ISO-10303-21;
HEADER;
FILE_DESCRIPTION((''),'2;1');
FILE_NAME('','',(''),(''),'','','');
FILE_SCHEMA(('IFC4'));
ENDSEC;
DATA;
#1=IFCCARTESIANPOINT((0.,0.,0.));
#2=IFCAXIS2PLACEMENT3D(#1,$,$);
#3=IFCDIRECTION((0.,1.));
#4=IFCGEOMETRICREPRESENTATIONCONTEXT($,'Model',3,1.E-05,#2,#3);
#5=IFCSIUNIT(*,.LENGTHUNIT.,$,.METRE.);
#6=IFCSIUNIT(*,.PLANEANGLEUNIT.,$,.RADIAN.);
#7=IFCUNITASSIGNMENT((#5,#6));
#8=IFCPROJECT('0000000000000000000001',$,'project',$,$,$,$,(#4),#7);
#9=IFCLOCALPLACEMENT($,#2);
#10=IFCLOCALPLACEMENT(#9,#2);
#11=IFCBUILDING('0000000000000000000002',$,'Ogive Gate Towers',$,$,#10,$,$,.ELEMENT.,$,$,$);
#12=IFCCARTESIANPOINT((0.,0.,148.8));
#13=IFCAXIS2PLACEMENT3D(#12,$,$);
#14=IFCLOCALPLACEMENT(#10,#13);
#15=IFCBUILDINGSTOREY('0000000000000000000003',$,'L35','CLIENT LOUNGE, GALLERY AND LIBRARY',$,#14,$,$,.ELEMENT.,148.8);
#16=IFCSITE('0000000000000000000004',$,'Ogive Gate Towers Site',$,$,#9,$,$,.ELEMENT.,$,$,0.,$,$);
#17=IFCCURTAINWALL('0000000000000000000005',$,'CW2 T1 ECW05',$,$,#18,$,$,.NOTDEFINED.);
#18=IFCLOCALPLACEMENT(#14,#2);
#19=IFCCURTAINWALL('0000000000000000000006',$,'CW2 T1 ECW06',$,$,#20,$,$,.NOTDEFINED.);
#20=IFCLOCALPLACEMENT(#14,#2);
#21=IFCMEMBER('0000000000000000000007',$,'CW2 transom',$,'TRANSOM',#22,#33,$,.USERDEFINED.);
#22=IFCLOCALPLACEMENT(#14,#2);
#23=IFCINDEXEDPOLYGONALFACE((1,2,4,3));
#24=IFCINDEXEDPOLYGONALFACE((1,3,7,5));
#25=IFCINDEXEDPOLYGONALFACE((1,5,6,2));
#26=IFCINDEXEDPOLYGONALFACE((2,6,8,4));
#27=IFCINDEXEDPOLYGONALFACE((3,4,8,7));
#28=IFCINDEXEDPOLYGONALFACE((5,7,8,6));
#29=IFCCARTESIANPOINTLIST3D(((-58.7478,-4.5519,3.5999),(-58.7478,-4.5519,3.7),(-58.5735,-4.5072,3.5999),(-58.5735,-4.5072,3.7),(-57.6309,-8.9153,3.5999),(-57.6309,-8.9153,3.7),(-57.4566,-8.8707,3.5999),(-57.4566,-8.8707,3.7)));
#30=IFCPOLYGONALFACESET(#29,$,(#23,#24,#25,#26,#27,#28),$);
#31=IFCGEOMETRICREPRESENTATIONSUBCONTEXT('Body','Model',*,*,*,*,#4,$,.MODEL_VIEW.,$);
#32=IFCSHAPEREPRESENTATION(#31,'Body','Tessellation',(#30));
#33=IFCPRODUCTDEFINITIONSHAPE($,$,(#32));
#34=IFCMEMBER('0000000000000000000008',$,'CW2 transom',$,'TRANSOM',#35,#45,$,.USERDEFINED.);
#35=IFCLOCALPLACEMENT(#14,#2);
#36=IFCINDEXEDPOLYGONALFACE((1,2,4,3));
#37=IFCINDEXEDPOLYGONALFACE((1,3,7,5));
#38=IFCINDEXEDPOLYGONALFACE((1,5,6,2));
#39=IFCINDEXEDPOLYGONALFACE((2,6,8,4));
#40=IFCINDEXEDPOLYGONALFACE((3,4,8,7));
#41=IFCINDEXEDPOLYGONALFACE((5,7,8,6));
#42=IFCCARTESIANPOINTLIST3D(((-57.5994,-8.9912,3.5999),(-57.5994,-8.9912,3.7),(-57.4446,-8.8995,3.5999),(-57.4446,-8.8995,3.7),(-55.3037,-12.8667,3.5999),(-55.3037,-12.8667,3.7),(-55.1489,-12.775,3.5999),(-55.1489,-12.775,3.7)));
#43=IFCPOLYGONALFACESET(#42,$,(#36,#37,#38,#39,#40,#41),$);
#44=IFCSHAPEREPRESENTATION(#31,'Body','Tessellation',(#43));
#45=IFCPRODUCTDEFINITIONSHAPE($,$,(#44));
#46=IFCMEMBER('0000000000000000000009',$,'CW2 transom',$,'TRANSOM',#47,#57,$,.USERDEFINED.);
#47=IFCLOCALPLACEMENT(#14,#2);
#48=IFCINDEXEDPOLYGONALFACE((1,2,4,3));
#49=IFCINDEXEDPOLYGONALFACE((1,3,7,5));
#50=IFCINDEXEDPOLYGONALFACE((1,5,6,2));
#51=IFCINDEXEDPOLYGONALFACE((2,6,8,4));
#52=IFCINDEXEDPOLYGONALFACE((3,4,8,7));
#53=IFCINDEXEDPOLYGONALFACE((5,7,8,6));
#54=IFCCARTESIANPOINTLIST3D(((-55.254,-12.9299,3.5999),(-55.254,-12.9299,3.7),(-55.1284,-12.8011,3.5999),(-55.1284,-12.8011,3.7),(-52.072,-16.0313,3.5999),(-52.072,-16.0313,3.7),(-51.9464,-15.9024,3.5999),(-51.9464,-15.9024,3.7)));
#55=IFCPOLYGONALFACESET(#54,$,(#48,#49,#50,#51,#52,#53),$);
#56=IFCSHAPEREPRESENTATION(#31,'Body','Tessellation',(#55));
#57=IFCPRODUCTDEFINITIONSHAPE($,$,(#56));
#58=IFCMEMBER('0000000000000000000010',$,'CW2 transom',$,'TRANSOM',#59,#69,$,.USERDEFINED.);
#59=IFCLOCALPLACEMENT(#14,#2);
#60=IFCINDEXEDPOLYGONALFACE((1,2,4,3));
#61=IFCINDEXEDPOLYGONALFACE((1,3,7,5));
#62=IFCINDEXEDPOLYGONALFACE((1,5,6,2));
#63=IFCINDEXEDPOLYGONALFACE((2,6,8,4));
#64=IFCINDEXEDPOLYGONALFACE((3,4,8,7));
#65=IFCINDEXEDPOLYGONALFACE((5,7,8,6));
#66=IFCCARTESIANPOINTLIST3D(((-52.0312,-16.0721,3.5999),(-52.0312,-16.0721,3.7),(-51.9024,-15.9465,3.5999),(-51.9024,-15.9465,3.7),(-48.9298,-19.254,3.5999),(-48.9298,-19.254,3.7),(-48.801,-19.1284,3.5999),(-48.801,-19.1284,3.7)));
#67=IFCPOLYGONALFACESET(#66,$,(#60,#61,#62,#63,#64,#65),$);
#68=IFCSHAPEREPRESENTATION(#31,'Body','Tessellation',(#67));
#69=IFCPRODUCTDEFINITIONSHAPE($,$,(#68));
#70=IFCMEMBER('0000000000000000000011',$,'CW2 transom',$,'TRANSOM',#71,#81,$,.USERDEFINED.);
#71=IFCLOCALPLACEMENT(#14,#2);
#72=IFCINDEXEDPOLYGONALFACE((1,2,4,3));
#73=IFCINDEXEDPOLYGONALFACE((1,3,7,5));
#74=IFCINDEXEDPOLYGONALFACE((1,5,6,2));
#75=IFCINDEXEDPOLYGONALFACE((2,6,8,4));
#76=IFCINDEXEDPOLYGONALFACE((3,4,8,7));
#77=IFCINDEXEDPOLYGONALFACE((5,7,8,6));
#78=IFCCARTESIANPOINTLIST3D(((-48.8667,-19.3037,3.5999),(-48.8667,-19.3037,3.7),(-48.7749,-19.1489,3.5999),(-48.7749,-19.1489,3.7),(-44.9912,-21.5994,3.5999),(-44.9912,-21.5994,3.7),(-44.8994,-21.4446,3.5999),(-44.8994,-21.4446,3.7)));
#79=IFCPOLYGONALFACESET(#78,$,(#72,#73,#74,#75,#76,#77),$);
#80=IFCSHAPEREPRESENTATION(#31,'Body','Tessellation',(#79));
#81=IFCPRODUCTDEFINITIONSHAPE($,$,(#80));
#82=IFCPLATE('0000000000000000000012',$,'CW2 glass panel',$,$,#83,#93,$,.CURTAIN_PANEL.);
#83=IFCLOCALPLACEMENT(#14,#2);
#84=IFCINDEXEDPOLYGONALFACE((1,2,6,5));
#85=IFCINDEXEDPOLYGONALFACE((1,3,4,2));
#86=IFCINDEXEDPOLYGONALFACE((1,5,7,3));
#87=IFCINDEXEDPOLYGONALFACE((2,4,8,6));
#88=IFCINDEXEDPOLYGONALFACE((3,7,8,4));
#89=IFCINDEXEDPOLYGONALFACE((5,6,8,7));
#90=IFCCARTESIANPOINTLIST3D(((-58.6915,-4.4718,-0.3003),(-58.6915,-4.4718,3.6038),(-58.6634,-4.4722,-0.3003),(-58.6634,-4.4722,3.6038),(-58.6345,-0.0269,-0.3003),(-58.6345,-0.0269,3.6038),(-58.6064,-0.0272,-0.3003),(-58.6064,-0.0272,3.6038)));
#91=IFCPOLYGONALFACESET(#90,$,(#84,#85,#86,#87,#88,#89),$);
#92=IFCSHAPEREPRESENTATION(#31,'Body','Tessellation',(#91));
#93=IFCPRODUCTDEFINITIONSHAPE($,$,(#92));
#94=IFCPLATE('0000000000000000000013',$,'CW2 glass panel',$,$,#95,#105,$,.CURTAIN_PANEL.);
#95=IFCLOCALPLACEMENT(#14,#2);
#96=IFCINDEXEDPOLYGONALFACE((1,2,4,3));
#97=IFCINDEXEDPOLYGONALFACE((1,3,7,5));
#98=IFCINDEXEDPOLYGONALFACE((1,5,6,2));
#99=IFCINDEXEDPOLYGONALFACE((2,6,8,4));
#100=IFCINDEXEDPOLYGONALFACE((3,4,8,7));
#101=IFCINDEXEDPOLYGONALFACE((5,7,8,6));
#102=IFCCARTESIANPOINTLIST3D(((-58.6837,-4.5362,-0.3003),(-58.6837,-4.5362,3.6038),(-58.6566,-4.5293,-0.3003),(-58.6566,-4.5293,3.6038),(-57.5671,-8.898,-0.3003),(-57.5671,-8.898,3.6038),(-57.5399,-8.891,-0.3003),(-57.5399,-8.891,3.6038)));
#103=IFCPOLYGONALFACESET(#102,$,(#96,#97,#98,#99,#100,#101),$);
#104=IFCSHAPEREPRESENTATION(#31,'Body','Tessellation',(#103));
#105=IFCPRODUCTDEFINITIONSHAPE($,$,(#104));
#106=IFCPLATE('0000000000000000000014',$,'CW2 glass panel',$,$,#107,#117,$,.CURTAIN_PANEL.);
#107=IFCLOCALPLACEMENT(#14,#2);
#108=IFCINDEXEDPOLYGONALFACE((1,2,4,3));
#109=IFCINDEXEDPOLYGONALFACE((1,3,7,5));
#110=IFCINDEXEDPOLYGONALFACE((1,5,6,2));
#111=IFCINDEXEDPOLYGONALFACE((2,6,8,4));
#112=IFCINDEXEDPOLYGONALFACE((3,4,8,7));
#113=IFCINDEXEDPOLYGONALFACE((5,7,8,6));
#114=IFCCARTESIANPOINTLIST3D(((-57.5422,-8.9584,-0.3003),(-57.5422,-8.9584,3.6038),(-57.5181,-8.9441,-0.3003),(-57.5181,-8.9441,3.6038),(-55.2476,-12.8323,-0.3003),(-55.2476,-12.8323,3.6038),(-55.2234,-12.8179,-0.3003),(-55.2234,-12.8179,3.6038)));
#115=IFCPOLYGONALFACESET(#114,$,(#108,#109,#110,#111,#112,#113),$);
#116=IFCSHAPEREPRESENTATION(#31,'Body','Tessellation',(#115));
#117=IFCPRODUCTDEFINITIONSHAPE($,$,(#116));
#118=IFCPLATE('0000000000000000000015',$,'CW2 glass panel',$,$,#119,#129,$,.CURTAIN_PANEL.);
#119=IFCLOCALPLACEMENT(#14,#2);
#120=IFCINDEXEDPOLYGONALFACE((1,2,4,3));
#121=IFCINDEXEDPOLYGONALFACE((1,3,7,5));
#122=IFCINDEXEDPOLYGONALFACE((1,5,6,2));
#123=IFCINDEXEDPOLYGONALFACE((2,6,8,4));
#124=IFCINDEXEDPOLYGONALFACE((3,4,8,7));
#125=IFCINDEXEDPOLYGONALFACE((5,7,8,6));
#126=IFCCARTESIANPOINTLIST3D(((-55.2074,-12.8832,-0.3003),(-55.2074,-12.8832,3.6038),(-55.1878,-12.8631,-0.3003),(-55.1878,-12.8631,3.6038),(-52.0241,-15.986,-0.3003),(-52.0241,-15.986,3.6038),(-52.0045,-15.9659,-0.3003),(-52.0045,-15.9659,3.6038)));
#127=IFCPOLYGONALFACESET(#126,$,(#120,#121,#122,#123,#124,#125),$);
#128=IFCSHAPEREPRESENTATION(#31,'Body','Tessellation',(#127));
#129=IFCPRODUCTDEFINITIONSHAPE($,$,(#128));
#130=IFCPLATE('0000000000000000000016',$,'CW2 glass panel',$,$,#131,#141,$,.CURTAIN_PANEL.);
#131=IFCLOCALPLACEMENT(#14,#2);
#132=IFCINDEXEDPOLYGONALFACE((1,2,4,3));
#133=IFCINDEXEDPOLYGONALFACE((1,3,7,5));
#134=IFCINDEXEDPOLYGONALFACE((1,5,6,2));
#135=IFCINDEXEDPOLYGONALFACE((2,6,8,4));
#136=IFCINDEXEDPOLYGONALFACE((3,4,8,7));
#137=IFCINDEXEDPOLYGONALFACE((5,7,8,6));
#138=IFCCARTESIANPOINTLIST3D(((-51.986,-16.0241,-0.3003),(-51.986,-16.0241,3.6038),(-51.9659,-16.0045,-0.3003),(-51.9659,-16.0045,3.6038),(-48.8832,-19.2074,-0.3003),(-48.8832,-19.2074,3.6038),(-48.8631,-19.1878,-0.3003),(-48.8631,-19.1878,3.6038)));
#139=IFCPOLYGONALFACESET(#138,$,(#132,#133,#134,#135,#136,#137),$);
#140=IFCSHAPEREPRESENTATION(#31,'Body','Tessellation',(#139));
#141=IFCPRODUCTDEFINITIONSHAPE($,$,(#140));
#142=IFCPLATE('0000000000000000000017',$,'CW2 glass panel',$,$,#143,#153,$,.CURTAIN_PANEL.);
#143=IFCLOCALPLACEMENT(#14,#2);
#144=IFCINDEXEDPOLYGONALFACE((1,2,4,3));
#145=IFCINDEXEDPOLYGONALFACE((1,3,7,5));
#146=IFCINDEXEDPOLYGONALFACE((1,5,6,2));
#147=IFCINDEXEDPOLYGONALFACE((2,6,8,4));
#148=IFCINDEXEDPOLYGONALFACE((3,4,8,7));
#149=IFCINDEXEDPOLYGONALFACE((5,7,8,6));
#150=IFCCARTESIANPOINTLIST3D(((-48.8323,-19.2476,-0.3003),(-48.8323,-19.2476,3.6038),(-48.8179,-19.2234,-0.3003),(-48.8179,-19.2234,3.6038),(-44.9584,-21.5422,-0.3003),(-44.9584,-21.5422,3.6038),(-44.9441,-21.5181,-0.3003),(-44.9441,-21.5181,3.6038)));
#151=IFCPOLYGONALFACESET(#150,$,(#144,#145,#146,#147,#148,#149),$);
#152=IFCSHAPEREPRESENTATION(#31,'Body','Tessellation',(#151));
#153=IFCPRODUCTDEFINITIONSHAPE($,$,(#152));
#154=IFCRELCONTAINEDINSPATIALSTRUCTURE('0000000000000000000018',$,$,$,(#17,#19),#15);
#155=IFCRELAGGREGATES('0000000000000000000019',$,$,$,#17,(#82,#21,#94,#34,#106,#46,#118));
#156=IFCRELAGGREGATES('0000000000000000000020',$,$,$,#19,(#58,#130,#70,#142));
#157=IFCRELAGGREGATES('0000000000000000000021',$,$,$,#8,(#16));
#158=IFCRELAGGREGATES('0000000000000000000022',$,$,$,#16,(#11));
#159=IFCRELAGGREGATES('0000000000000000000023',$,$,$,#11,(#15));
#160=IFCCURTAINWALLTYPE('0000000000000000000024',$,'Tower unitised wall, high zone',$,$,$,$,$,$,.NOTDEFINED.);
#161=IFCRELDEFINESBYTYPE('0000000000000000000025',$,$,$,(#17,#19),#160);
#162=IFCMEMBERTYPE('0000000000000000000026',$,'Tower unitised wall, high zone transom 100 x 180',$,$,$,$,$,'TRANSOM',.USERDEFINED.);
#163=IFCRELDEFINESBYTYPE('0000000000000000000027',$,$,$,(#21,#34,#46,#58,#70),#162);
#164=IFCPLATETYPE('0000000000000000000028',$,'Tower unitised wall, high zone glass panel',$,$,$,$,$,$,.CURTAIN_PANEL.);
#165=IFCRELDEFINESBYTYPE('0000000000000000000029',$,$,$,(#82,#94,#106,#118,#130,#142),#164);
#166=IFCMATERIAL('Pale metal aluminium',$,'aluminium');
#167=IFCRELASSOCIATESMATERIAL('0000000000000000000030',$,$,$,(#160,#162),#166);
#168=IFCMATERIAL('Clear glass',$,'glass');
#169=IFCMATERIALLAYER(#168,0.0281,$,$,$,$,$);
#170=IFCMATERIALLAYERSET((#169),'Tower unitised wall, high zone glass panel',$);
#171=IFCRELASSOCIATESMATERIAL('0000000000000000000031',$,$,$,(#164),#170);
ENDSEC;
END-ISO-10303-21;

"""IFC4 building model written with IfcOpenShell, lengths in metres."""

from ifc_helpers import new_model, si_unit, direction, frame, origin, origin_2d, place, context, subcontext, project, spatial, rectangle, extrude, material, layer, layer_set, material_profile, profile_set, type_object, element, aggregate, save


model = new_model("IFC4")

# Units and contexts
model_context = context("Model", 3, precision=1e-05, world=origin(), true_north=direction((0.0, 1.0)))
body_context = subcontext(model_context, "Body", "Model", "MODEL_VIEW")
ifc_project = project(units=[si_unit("LENGTHUNIT", "METRE"), si_unit("PLANEANGLEUNIT", "RADIAN")], contexts=[model_context])

# Site, building, storey
site_placement = place(None, origin())
site = spatial("IfcSite", under=ifc_project, at=site_placement, Name="Ogive Gate Towers Site", CompositionType="ELEMENT", RefElevation=0.0)
building_placement = place(site_placement, origin())
building = spatial("IfcBuilding", under=site, at=building_placement, Name="Ogive Gate Towers", CompositionType="ELEMENT")
storey_placement = place(building_placement, frame((0.0, 0.0, 148.8)))
storey = spatial("IfcBuildingStorey", under=building, at=storey_placement, Name="L35", Description="CLIENT LOUNGE, GALLERY AND LIBRARY", CompositionType="ELEMENT", Elevation=148.8)

# Curtain walls
ifc_material_1 = material(Name="Pale metal aluminium", Category="aluminium")
curtain_wall_type = type_object("IfcCurtainWallType", Name="Tower unitised wall, high zone", PredefinedType="NOTDEFINED", material=ifc_material_1)
curtain_wall_1_placement = place(storey_placement, origin())
curtain_wall_1 = element("IfcCurtainWall", 1, at=curtain_wall_1_placement, inside=storey, type_object=curtain_wall_type, Name="CW2 T1 ECW05", PredefinedType="NOTDEFINED")
curtain_wall_2_placement = place(storey_placement, origin())
curtain_wall_2 = element("IfcCurtainWall", 2, at=curtain_wall_2_placement, inside=storey, type_object=curtain_wall_type, Name="CW2 T1 ECW06", PredefinedType="NOTDEFINED")

# Members
ifc_material_profile_1 = material_profile(ifc_material_1, rectangle(XDim=0.1799, YDim=0.1001, at=origin_2d()), Name="100 x 180 aluminium box")
ifc_profile_set_1 = profile_set([ifc_material_profile_1], Name="Pale metal aluminium")
member_type_1 = type_object("IfcMemberType", Name="Tower unitised wall, high zone transom 100 x 180", ElementType="TRANSOM", PredefinedType="USERDEFINED", material=ifc_profile_set_1)
member_1_placement = place(storey_placement, frame((-58.6606, -4.5295, 3.6499), z_axis=(0.247978, -0.968766, 0.0), x_axis=(0.968766, 0.247978, 0.0)))
member_1 = element("IfcMember", 3, at=member_1_placement, type_object=member_type_1, Name="CW2 transom", ObjectType="TRANSOM", PredefinedType="USERDEFINED", context=body_context, shape_type="SweptSolid", body=[
    extrude(rectangle(XDim=0.1799, YDim=0.1001, at=origin_2d()), origin(), (0.0, 0.0, 1.0), 4.5042),
])
member_2_placement = place(storey_placement, frame((-57.522, -8.9453, 3.6499), z_axis=(0.509649, -0.860382, 0.0), x_axis=(0.860382, 0.509649, 0.0)))
member_2 = element("IfcMember", 4, at=member_2_placement, type_object=member_type_1, Name="CW2 transom", ObjectType="TRANSOM", PredefinedType="USERDEFINED", context=body_context, shape_type="SweptSolid", body=[
    extrude(rectangle(XDim=0.1799, YDim=0.1001, at=origin_2d()), origin(), (0.0, 0.0, 1.0), 4.5044),
])
member_3_placement = place(storey_placement, frame((-55.1912, -12.8655, 3.6499), z_axis=(0.716115, -0.697983, 0.0), x_axis=(0.697983, 0.716115, 0.0)))
member_3 = element("IfcMember", 5, at=member_3_placement, type_object=member_type_1, Name="CW2 transom", ObjectType="TRANSOM", PredefinedType="USERDEFINED", context=body_context, shape_type="SweptSolid", body=[
    extrude(rectangle(XDim=0.1799, YDim=0.1001, at=origin_2d()), origin(), (0.0, 0.0, 1.0), 4.4434),
])
member_4_placement = place(storey_placement, frame((-51.9668, -16.0093, 3.6499), z_axis=(0.697983, -0.716115, 0.0), x_axis=(0.716115, 0.697983, 0.0)))
member_4 = element("IfcMember", 6, at=member_4_placement, type_object=member_type_1, Name="CW2 transom", ObjectType="TRANSOM", PredefinedType="USERDEFINED", context=body_context, shape_type="SweptSolid", body=[
    extrude(rectangle(XDim=0.1799, YDim=0.1001, at=origin_2d()), origin(), (0.0, 0.0, 1.0), 4.4434),
])
member_5_placement = place(storey_placement, frame((-48.8208, -19.2263, 3.6499), z_axis=(0.860382, -0.509649, 0.0), x_axis=(0.509649, 0.860382, 0.0)))
member_5 = element("IfcMember", 7, at=member_5_placement, type_object=member_type_1, Name="CW2 transom", ObjectType="TRANSOM", PredefinedType="USERDEFINED", context=body_context, shape_type="SweptSolid", body=[
    extrude(rectangle(XDim=0.1799, YDim=0.1001, at=origin_2d()), origin(), (0.0, 0.0, 1.0), 4.5044),
])

# Plates
ifc_material_2 = material(Name="Clear glass", Category="glass")
ifc_layer_1 = layer(ifc_material_2, 0.0281)
ifc_layer_set_1 = layer_set([ifc_layer_1], Name="Tower unitised wall, high zone glass panel")
plate_type = type_object("IfcPlateType", Name="Tower unitised wall, high zone glass panel", PredefinedType="CURTAIN_PANEL", material=ifc_layer_set_1)
plate_1_placement = place(storey_placement, frame((-58.6489, -2.2495, -0.3003), z_axis=(0.0, 0.0, 1.0), x_axis=(-0.012828, -0.999918, 0.0)))
plate_1 = element("IfcPlate", 8, at=plate_1_placement, type_object=plate_type, Name="CW2 glass panel", PredefinedType="CURTAIN_PANEL", context=body_context, shape_type="SweptSolid", body=[
    extrude(rectangle(XDim=4.4453, YDim=0.0281, at=origin_2d()), origin(), (0.0, 0.0, 1.0), 3.9041),
])
plate_2_placement = place(storey_placement, frame((-58.1118, -6.7136, -0.3003), z_axis=(0.0, 0.0, 1.0), x_axis=(0.248014, -0.968757, 0.0)))
plate_2 = element("IfcPlate", 9, at=plate_2_placement, type_object=plate_type, Name="CW2 glass panel", PredefinedType="CURTAIN_PANEL", context=body_context, shape_type="SweptSolid", body=[
    extrude(rectangle(XDim=4.5024, YDim=0.0281, at=origin_2d()), origin(), (0.0, 0.0, 1.0), 3.9041),
])
plate_3_placement = place(storey_placement, frame((-56.3828, -10.8882, -0.3003), z_axis=(0.0, 0.0, 1.0), x_axis=(0.509642, -0.860386, 0.0)))
plate_3 = element("IfcPlate", 10, at=plate_3_placement, type_object=plate_type, Name="CW2 glass panel", PredefinedType="CURTAIN_PANEL", context=body_context, shape_type="SweptSolid", body=[
    extrude(rectangle(XDim=4.5024, YDim=0.0281, at=origin_2d()), origin(), (0.0, 0.0, 1.0), 3.9041),
])
plate_4_placement = place(storey_placement, frame((-53.606, -14.4246, -0.3003), z_axis=(0.0, 0.0, 1.0), x_axis=(0.716119, -0.697978, 0.0)))
plate_4 = element("IfcPlate", 11, at=plate_4_placement, type_object=plate_type, Name="CW2 glass panel", PredefinedType="CURTAIN_PANEL", context=body_context, shape_type="SweptSolid", body=[
    extrude(rectangle(XDim=4.4453, YDim=0.0281, at=origin_2d()), origin(), (0.0, 0.0, 1.0), 3.9041),
])
aggregate(curtain_wall_1, [plate_1, member_1, plate_2, member_2, plate_3, member_3, plate_4])
plate_5_placement = place(storey_placement, frame((-50.4246, -17.606, -0.3003), z_axis=(0.0, 0.0, 1.0), x_axis=(0.697978, -0.716119, 0.0)))
plate_5 = element("IfcPlate", 12, at=plate_5_placement, type_object=plate_type, Name="CW2 glass panel", PredefinedType="CURTAIN_PANEL", context=body_context, shape_type="SweptSolid", body=[
    extrude(rectangle(XDim=4.4453, YDim=0.0281, at=origin_2d()), origin(), (0.0, 0.0, 1.0), 3.9041),
])
plate_6_placement = place(storey_placement, frame((-46.8882, -20.3828, -0.3003), z_axis=(0.0, 0.0, 1.0), x_axis=(0.860386, -0.509642, 0.0)))
plate_6 = element("IfcPlate", 13, at=plate_6_placement, type_object=plate_type, Name="CW2 glass panel", PredefinedType="CURTAIN_PANEL", context=body_context, shape_type="SweptSolid", body=[
    extrude(rectangle(XDim=4.5024, YDim=0.0281, at=origin_2d()), origin(), (0.0, 0.0, 1.0), 3.9041),
])
aggregate(curtain_wall_2, [member_4, plate_5, member_5, plate_6])

save(model, "model.ifc")
